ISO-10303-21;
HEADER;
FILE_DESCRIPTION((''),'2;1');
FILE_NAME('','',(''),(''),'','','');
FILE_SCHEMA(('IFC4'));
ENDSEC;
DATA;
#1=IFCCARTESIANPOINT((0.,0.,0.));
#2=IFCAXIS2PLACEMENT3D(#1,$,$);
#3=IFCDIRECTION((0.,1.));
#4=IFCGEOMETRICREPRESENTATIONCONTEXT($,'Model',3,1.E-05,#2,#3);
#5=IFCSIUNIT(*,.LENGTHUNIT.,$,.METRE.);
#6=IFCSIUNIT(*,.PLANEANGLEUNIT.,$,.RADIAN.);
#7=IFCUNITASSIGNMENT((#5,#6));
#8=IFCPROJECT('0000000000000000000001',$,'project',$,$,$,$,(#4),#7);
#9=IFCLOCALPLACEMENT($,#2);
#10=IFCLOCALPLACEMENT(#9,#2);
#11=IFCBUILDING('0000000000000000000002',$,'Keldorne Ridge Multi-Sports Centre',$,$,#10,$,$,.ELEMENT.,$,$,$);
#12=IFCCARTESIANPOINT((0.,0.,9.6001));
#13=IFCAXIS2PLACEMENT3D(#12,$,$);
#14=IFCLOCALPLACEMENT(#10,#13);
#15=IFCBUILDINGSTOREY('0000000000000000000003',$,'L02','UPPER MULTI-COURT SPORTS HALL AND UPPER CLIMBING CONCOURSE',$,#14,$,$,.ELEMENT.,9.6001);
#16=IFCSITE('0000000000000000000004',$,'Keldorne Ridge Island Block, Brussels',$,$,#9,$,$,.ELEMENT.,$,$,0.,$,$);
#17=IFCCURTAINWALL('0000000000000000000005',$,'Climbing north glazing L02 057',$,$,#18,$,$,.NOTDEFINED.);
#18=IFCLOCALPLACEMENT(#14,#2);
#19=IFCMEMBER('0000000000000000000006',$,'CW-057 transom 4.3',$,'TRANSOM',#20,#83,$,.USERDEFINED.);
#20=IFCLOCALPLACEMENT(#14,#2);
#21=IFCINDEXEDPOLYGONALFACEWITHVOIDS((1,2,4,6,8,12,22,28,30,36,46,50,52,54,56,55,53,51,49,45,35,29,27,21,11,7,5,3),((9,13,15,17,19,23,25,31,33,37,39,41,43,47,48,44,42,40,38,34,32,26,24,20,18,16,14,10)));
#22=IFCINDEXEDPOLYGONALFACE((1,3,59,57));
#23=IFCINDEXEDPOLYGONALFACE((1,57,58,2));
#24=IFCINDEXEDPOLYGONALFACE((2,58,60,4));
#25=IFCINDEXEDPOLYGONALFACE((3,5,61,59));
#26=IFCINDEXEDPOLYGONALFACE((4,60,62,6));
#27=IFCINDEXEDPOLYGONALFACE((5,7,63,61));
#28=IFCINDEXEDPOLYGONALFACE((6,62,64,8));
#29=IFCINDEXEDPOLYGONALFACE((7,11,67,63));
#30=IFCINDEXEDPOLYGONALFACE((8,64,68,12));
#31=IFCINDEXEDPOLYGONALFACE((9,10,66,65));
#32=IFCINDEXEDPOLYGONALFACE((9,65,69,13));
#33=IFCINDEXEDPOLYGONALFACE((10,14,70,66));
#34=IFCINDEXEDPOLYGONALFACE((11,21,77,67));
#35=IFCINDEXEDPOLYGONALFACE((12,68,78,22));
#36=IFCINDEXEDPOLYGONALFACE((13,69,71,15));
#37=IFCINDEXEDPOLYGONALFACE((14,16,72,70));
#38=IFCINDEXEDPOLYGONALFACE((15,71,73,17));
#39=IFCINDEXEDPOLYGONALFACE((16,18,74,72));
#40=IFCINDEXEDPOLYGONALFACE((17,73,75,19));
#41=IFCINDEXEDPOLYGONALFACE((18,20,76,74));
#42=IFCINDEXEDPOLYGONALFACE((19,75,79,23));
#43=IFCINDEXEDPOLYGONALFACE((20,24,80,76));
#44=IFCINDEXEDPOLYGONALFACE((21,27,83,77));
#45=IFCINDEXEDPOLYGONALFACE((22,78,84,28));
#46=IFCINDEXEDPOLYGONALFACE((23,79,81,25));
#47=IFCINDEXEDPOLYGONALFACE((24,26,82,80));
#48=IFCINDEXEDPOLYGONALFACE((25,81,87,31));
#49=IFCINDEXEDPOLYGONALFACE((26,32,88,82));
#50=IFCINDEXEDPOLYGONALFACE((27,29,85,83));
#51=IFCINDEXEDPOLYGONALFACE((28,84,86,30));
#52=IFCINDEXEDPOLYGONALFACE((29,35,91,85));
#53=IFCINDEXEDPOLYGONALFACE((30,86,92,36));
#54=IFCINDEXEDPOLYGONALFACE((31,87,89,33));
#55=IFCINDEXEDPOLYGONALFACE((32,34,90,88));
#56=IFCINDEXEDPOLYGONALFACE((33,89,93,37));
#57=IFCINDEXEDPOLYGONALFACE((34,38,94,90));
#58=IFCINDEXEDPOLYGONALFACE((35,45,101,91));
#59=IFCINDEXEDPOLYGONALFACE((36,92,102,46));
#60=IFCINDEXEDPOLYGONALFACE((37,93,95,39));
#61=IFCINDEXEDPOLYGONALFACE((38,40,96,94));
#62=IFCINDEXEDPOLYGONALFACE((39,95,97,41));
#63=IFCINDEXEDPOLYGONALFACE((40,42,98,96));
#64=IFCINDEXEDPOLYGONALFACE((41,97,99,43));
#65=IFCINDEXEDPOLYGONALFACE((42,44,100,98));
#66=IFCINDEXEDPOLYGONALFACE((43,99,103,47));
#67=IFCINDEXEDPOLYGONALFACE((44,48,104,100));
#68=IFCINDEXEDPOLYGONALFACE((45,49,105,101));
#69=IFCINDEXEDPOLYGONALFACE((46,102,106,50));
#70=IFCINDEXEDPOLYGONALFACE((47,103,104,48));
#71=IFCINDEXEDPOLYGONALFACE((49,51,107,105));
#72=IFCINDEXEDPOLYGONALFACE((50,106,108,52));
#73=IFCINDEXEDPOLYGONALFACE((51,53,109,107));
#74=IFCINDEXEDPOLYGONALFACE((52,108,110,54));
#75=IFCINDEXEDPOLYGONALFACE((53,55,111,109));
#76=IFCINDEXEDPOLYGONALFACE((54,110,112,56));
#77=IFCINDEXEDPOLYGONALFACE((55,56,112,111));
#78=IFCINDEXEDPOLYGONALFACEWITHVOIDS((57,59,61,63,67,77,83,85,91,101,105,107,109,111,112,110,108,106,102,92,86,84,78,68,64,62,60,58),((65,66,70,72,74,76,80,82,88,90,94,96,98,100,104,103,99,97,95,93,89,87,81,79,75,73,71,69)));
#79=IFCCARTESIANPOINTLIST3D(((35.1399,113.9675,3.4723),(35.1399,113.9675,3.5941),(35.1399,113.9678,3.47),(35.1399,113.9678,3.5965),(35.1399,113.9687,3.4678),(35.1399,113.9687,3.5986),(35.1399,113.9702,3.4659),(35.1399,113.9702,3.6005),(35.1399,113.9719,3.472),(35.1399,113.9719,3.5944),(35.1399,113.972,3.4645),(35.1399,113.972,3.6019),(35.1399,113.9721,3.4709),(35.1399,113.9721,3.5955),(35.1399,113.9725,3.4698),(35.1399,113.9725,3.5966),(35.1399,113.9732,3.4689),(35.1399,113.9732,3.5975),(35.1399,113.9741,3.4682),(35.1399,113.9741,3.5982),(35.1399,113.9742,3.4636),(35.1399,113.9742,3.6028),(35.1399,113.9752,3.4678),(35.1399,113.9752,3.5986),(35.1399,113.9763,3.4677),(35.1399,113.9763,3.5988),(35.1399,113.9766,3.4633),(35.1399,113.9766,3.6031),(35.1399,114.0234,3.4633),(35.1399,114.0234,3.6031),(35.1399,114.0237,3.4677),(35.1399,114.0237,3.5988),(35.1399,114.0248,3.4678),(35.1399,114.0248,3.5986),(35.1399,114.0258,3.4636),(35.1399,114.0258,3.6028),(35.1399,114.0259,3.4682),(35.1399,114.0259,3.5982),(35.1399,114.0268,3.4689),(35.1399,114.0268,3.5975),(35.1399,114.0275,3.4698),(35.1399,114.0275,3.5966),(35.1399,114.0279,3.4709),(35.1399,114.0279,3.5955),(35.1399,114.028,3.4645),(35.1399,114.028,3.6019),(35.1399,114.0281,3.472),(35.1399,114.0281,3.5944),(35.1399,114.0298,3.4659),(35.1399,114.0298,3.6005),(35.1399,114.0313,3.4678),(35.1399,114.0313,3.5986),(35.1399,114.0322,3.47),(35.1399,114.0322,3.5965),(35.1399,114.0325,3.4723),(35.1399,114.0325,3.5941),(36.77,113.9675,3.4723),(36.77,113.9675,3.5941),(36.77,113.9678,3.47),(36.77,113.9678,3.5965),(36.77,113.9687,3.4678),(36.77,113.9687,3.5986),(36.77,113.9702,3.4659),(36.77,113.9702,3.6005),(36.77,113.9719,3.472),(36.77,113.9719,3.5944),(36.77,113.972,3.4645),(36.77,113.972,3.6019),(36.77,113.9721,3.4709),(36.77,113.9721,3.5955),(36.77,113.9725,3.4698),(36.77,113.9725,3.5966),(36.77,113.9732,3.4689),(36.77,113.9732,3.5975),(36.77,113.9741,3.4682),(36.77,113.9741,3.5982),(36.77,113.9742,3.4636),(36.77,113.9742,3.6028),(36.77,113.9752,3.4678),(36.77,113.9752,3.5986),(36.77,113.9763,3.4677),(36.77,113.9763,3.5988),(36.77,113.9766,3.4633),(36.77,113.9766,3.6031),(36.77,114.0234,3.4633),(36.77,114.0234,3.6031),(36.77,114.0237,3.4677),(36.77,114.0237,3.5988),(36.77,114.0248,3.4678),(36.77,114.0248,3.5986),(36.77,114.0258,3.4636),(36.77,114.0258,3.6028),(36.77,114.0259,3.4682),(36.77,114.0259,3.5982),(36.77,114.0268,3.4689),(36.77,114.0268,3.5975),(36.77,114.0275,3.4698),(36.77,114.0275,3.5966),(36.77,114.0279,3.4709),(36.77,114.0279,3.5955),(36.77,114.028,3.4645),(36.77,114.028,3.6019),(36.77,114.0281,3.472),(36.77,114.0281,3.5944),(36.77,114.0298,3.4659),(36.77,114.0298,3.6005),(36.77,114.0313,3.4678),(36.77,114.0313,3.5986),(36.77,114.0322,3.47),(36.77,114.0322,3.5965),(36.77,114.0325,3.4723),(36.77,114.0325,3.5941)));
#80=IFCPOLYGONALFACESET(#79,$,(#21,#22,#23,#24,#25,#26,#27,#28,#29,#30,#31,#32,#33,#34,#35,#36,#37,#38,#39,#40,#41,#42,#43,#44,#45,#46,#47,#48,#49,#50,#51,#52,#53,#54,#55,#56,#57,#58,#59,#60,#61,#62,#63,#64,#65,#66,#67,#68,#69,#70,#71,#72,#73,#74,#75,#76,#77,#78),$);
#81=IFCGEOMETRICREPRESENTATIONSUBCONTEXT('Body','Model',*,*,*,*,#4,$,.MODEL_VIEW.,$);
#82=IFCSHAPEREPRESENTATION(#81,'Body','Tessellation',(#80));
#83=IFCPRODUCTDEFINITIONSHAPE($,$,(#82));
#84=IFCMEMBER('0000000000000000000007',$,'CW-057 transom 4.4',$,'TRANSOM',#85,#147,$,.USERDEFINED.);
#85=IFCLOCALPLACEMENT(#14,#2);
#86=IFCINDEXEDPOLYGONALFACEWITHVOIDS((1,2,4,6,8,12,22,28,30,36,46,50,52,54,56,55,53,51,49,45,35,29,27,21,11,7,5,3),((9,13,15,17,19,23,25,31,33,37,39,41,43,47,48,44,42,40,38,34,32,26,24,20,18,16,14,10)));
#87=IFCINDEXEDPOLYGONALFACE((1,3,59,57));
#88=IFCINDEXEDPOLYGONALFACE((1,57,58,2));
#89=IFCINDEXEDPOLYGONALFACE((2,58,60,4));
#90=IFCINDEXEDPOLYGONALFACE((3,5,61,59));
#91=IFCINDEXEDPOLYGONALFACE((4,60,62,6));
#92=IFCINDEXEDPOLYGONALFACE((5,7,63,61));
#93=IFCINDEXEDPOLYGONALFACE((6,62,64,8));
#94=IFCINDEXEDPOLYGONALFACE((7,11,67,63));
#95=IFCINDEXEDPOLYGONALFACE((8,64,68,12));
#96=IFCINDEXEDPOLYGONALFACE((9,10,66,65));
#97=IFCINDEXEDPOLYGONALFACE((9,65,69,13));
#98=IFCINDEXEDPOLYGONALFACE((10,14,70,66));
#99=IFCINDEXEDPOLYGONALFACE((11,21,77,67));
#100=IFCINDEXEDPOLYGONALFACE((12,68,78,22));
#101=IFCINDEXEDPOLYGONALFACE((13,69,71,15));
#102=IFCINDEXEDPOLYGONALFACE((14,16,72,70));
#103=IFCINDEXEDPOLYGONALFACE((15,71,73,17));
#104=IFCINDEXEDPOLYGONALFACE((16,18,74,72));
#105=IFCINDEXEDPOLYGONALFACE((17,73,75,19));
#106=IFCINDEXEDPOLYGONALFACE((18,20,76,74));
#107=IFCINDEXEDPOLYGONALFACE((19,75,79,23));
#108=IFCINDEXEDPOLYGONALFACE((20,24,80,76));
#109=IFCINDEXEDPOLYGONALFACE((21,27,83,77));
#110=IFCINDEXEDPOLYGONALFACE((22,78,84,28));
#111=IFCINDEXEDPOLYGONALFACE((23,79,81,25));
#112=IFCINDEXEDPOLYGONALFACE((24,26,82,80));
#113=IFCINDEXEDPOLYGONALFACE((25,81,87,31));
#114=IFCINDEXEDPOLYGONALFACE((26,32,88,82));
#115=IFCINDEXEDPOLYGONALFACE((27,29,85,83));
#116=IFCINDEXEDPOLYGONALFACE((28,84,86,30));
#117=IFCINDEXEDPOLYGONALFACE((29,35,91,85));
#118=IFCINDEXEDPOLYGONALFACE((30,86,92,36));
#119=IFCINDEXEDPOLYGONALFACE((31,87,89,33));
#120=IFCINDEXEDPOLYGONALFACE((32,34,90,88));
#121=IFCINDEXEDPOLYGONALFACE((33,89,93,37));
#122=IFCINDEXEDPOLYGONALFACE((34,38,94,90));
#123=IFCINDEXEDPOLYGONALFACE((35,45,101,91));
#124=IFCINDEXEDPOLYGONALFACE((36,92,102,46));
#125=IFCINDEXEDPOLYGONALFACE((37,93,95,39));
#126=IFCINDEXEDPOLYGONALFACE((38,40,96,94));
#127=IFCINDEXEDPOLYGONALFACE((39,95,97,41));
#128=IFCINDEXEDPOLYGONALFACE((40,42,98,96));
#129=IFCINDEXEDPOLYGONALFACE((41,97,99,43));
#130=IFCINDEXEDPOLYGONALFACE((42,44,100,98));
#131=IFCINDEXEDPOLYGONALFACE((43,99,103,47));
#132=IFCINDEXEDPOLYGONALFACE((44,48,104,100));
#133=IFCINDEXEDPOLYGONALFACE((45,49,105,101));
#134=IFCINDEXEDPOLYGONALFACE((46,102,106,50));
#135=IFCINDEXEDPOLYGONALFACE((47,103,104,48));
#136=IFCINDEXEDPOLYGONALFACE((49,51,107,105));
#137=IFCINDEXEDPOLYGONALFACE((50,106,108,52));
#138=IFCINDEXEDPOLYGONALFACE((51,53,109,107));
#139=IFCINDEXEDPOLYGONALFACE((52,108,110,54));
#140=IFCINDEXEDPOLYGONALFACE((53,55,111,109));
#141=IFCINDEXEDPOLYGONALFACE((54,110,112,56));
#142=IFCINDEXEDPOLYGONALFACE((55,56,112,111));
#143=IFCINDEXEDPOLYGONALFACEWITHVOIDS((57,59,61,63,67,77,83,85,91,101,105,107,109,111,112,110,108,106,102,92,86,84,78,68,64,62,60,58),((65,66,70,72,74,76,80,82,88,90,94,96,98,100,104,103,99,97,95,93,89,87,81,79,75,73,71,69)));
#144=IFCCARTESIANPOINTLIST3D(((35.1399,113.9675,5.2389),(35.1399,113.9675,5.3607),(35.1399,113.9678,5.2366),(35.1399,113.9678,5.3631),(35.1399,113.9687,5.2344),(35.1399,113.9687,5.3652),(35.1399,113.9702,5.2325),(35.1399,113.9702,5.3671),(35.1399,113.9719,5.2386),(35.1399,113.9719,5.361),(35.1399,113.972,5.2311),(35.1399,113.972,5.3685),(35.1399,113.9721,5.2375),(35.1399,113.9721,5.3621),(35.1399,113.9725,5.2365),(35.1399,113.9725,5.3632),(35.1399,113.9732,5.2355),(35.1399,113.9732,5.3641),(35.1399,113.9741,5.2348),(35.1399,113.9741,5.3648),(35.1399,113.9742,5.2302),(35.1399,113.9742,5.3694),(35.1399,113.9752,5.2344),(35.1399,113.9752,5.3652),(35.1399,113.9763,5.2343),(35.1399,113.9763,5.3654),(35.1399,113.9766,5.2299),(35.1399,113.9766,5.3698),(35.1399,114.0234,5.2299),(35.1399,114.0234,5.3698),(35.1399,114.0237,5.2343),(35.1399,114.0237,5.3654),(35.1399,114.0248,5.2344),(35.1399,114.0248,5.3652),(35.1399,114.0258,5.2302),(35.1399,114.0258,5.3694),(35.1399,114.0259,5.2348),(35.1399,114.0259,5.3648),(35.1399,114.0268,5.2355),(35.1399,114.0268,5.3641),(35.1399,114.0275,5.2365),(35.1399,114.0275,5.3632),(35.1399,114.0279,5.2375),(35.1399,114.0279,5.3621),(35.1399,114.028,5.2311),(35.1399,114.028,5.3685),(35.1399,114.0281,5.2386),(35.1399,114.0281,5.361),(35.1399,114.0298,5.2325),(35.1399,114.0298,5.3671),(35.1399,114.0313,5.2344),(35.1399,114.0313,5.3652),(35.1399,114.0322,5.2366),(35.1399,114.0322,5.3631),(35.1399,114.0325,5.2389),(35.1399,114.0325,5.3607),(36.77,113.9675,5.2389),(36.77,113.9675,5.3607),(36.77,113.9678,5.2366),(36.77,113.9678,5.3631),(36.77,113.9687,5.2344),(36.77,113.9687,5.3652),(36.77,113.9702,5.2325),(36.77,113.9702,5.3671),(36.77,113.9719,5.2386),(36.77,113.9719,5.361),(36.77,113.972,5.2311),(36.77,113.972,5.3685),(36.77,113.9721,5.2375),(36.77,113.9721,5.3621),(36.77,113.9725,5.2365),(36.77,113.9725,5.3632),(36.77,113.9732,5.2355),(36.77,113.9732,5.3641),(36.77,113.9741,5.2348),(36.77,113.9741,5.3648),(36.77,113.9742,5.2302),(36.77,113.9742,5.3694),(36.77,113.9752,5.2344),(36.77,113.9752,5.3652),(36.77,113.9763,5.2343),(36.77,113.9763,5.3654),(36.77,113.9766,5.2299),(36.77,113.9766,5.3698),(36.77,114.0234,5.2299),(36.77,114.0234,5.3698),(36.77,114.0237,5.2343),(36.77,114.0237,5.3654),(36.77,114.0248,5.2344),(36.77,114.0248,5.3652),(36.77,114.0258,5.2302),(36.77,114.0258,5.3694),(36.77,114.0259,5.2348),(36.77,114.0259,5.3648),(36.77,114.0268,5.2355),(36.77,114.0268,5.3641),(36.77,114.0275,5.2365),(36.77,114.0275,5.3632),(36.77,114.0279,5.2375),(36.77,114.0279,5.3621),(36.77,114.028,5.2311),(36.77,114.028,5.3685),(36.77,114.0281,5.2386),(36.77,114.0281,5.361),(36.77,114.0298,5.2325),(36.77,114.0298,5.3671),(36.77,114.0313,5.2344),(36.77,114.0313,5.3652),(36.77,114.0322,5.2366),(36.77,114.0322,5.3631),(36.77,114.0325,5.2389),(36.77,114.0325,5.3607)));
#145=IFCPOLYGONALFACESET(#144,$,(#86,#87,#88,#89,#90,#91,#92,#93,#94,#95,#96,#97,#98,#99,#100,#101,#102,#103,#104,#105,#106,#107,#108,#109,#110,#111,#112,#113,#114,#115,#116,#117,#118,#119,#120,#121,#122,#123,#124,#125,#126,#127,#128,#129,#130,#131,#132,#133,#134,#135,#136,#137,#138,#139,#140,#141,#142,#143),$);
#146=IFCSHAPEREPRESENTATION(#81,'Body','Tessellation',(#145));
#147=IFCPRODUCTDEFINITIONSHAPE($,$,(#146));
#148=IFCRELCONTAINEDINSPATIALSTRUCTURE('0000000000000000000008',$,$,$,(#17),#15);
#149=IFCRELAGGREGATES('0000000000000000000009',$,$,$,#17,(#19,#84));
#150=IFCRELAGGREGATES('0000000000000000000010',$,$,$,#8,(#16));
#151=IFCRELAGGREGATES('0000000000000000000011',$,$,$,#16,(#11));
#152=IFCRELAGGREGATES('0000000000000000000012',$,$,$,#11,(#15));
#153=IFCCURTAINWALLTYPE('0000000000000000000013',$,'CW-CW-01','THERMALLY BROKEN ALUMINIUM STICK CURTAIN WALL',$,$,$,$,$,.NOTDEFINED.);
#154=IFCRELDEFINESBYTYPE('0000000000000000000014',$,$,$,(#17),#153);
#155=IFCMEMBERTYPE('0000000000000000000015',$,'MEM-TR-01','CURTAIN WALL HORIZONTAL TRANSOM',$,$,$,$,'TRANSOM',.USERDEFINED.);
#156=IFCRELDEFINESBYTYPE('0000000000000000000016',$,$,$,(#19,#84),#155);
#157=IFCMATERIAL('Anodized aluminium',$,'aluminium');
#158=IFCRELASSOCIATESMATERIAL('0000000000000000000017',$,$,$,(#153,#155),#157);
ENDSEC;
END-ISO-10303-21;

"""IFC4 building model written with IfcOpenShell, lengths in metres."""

from ifc_helpers import new_model, si_unit, direction, frame, origin, origin_2d, place, context, subcontext, project, spatial, hollow_rectangle, extrude, material, material_profile, profile_set, type_object, element, aggregate, save


model = new_model("IFC4")

# Units and contexts
model_context = context("Model", 3, precision=1e-05, world=origin(), true_north=direction((0.0, 1.0)))
body_context = subcontext(model_context, "Body", "Model", "MODEL_VIEW")
ifc_project = project(units=[si_unit("LENGTHUNIT", "METRE"), si_unit("PLANEANGLEUNIT", "RADIAN")], contexts=[model_context])

# Site, building, storey
site_placement = place(None, origin())
site = spatial("IfcSite", under=ifc_project, at=site_placement, Name="Keldorne Ridge Island Block, Brussels", CompositionType="ELEMENT", RefElevation=0.0)
building_placement = place(site_placement, origin())
building = spatial("IfcBuilding", under=site, at=building_placement, Name="Keldorne Ridge Multi-Sports Centre", CompositionType="ELEMENT")
storey_placement = place(building_placement, frame((0.0, 0.0, 9.6001)))
storey = spatial("IfcBuildingStorey", under=building, at=storey_placement, Name="L02", Description="UPPER MULTI-COURT SPORTS HALL AND UPPER CLIMBING CONCOURSE", CompositionType="ELEMENT", Elevation=9.6001)

# Curtain wall, members
ifc_material_1 = material(Name="Anodized aluminium", Category="aluminium")
curtain_wall_type_1 = type_object("IfcCurtainWallType", Name="CW-CW-01", Description="THERMALLY BROKEN ALUMINIUM STICK CURTAIN WALL", PredefinedType="NOTDEFINED", material=ifc_material_1)
curtain_wall_1_placement = place(storey_placement, origin())
curtain_wall_1 = element("IfcCurtainWall", 1, at=curtain_wall_1_placement, inside=storey, type_object=curtain_wall_type_1, Name="Climbing north glazing L02 057", PredefinedType="NOTDEFINED")
ifc_material_profile_1 = material_profile(ifc_material_1, hollow_rectangle(XDim=0.0649, YDim=0.1399, WallThickness=0.0044, InnerFilletRadius=0.0044, OuterFilletRadius=0.009, at=origin_2d()), Name="ALU TRANSOM 140x65x4.5")
ifc_profile_set_1 = profile_set([ifc_material_profile_1], Name="Anodized aluminium")
member_type_1 = type_object("IfcMemberType", Name="MEM-TR-01", Description="CURTAIN WALL HORIZONTAL TRANSOM", ElementType="TRANSOM", PredefinedType="USERDEFINED", material=ifc_profile_set_1)
member_1_placement = place(storey_placement, frame((36.77, 114.0, 3.5332), z_axis=(-1.0, 0.0, 0.0), x_axis=(0.0, -1.0, 0.0)))
member_1 = element("IfcMember", 2, at=member_1_placement, type_object=member_type_1, Name="CW-057 transom 4.3", ObjectType="TRANSOM", PredefinedType="USERDEFINED", context=body_context, shape_type="SweptSolid", body=[
    extrude(hollow_rectangle(XDim=0.0649, YDim=0.1399, WallThickness=0.0044, InnerFilletRadius=0.0044, OuterFilletRadius=0.009, at=origin_2d()), origin(), (0.0, 0.0, 1.0), 1.6301),
])
member_2_placement = place(storey_placement, frame((36.77, 114.0, 5.2998), z_axis=(-1.0, 0.0, 0.0), x_axis=(0.0, -1.0, 0.0)))
member_2 = element("IfcMember", 3, at=member_2_placement, type_object=member_type_1, Name="CW-057 transom 4.4", ObjectType="TRANSOM", PredefinedType="USERDEFINED", context=body_context, shape_type="SweptSolid", body=[
    extrude(hollow_rectangle(XDim=0.0649, YDim=0.1399, WallThickness=0.0044, InnerFilletRadius=0.0044, OuterFilletRadius=0.009, at=origin_2d()), origin(), (0.0, 0.0, 1.0), 1.6301),
])

aggregate(curtain_wall_1, [member_1, member_2])

save(model, "model.ifc")
